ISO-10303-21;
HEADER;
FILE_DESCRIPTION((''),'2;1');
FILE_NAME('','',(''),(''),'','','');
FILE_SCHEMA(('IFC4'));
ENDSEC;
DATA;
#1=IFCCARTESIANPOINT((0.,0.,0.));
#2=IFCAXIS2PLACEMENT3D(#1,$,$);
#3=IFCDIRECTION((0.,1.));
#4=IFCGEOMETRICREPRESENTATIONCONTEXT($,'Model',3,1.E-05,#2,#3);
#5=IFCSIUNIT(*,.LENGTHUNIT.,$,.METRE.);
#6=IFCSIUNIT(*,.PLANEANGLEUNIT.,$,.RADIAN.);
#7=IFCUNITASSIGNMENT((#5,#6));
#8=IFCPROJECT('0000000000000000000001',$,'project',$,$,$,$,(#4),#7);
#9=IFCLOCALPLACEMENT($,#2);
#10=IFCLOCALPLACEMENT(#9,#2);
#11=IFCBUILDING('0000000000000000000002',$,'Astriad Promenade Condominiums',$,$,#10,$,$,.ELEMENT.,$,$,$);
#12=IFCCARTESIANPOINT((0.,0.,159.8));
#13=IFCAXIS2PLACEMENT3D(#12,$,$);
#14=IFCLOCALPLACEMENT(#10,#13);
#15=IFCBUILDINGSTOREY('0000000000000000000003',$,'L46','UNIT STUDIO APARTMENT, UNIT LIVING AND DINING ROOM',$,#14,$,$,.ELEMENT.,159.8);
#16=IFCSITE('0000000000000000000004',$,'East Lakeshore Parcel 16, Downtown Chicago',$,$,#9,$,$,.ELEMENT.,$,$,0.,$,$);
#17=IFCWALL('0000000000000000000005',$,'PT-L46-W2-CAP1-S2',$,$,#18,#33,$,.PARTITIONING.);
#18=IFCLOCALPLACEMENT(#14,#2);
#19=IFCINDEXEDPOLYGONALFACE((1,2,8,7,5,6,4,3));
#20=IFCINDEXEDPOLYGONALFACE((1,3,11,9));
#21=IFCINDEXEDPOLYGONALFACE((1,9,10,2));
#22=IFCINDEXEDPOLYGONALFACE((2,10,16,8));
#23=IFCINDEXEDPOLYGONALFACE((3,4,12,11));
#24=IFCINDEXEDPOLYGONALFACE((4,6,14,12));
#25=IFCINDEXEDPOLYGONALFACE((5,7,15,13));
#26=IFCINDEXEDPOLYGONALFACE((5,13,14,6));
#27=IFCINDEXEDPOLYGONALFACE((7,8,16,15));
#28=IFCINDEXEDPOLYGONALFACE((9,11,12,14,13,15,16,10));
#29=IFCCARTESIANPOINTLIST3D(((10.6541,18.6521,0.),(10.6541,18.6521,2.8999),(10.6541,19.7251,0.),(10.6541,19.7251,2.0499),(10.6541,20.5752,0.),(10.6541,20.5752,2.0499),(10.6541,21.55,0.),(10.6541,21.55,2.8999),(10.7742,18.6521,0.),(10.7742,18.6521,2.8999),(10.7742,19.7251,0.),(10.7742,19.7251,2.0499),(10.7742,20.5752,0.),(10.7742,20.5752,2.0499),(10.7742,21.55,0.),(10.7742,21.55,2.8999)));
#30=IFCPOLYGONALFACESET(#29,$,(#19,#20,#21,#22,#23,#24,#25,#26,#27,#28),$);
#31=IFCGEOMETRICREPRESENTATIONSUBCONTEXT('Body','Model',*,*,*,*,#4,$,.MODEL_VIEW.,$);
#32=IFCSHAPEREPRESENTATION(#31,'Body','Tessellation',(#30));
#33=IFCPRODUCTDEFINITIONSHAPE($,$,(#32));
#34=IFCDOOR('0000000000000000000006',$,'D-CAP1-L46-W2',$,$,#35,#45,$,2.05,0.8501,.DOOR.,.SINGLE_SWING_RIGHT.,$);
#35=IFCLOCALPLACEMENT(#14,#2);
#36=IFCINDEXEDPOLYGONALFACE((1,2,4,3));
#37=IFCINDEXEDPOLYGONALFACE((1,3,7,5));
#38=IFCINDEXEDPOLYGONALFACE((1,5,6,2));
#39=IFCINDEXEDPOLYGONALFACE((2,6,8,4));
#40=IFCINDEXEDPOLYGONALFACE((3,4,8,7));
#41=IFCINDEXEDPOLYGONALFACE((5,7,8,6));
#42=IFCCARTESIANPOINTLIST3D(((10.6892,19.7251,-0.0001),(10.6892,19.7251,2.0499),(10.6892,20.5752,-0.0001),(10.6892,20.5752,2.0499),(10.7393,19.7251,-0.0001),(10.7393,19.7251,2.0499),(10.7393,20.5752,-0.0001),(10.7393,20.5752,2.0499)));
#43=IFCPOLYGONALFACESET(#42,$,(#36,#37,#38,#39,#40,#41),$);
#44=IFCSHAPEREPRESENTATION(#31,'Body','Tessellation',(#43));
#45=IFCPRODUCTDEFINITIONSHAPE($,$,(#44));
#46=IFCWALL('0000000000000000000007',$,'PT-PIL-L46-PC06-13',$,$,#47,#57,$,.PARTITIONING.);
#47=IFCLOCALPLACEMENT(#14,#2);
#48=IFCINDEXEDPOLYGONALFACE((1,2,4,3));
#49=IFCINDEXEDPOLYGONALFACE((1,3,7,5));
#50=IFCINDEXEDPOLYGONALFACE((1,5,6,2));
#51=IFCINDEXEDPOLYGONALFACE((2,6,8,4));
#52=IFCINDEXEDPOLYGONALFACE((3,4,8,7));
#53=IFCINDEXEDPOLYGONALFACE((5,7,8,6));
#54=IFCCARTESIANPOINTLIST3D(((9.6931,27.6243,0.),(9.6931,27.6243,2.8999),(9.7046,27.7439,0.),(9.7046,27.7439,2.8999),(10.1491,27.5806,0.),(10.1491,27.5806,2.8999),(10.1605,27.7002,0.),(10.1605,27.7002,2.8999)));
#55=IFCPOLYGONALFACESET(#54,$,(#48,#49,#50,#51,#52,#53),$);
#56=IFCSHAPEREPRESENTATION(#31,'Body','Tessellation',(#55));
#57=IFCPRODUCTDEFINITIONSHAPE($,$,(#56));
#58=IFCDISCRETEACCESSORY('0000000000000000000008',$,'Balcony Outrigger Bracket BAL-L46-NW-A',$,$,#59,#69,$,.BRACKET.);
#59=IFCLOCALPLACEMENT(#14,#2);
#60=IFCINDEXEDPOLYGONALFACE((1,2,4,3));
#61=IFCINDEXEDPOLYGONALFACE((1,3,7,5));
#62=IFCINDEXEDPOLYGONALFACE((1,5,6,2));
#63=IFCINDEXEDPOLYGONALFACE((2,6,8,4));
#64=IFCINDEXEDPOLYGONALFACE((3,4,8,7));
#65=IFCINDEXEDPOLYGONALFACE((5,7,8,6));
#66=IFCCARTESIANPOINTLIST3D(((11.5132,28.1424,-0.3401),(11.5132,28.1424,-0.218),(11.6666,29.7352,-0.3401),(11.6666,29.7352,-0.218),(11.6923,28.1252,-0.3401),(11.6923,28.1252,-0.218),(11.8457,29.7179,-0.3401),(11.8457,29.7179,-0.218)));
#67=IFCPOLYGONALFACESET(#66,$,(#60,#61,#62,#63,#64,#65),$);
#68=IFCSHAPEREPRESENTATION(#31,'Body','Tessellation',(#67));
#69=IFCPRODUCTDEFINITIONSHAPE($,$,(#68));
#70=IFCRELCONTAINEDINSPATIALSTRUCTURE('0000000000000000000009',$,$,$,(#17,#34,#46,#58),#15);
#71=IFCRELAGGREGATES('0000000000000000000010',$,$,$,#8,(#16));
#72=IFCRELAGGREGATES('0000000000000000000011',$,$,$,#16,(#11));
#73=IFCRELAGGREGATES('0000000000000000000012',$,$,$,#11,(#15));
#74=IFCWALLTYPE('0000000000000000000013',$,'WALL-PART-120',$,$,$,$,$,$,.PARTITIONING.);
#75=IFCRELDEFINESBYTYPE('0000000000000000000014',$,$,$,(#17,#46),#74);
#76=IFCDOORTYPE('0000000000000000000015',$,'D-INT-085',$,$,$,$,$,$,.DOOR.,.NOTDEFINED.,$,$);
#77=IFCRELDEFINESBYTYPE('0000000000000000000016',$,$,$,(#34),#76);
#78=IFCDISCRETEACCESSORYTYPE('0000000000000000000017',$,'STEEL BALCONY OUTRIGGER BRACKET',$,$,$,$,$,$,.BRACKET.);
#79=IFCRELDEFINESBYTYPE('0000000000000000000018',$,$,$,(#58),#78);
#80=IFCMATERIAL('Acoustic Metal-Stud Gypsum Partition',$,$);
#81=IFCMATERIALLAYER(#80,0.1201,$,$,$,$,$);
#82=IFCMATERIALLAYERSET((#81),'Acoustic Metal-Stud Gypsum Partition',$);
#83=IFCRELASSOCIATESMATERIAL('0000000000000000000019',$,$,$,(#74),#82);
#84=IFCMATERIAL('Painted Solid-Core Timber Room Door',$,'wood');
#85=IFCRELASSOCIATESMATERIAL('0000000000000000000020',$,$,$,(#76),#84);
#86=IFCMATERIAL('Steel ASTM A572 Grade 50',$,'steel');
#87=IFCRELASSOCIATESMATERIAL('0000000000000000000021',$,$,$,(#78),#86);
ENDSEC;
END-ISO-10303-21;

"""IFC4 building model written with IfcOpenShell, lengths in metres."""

from ifc_helpers import new_model, si_unit, direction, frame, frame_2d, origin, origin_2d, place, context, subcontext, project, spatial, rectangle, extrude, source, transform, mapped, material, layer, layer_set, type_object, type_shapes, element, fill, save


model = new_model("IFC4")

# Units and contexts
model_context = context("Model", 3, precision=1e-05, world=origin(), true_north=direction((0.0, 1.0)))
body_context = subcontext(model_context, "Body", "Model", "MODEL_VIEW")
ifc_project = project(units=[si_unit("LENGTHUNIT", "METRE"), si_unit("PLANEANGLEUNIT", "RADIAN")], contexts=[model_context])

# Site, building, storey
site_placement = place(None, origin())
site = spatial("IfcSite", under=ifc_project, at=site_placement, Name="East Lakeshore Parcel 16, Downtown Chicago", CompositionType="ELEMENT", RefElevation=0.0)
building_placement = place(site_placement, origin())
building = spatial("IfcBuilding", under=site, at=building_placement, Name="Astriad Promenade Condominiums", CompositionType="ELEMENT")
storey_placement = place(building_placement, frame((0.0, 0.0, 159.8)))
storey = spatial("IfcBuildingStorey", under=building, at=storey_placement, Name="L46", Description="UNIT STUDIO APARTMENT, UNIT LIVING AND DINING ROOM", CompositionType="ELEMENT", Elevation=159.8)

# Shared definitions
ifc_material_1 = material(Name="Acoustic Metal-Stud Gypsum Partition")
ifc_layer_1 = layer(ifc_material_1, 0.1201)
ifc_layer_set_1 = layer_set([ifc_layer_1], Name="Acoustic Metal-Stud Gypsum Partition")
wall_type_1 = type_object("IfcWallType", Name="WALL-PART-120", PredefinedType="PARTITIONING", material=ifc_layer_set_1)
ifc_material_2 = material(Name="Painted Solid-Core Timber Room Door", Category="wood")
door_type_1 = type_object("IfcDoorType", Name="D-INT-085", OperationType="NOTDEFINED", PredefinedType="DOOR", material=ifc_material_2)
shared_shape_1 = source(origin(), body_context, "Body", "SweptSolid", [
    extrude(rectangle(XDim=0.8501, YDim=2.05, at=frame_2d((0.425, 1.0249))), frame((0.0, 0.0249, 0.0), z_axis=(0.0, -1.0, 0.0), x_axis=(1.0, 0.0, 0.0)), (0.0, 0.0, 1.0), 0.05),
])
type_shapes(door_type_1, [shared_shape_1])

# Wall, opening, door
wall_1_placement = place(storey_placement, frame((10.7141, 18.6521, 0.0), z_axis=(0.0, 0.0, 1.0), x_axis=(0.0, 1.0, 0.0)))
wall_1 = element("IfcWall", 1, at=wall_1_placement, inside=storey, type_object=wall_type_1, Name="PT-L46-W2-CAP1-S2", PredefinedType="PARTITIONING", context=body_context, shape_type="SweptSolid", body=[
    extrude(rectangle(XDim=2.8979, YDim=0.1201, at=frame_2d((1.449, 0.0))), origin(), (0.0, 0.0, 1.0), 2.8999),
])
opening_1_placement = place(wall_1_placement, frame((1.073, 0.0, 0.0)))
opening_1 = element("IfcOpeningElement", 2, at=opening_1_placement, cuts=wall_1, PredefinedType="OPENING", context=body_context, shape_type="SweptSolid", body=[
    extrude(rectangle(XDim=0.8501, YDim=2.05, at=frame_2d((0.425, 1.0249))), frame((0.0, 0.0701, 0.0), z_axis=(0.0, -1.0, 0.0), x_axis=(1.0, 0.0, 0.0)), (0.0, 0.0, 1.0), 0.1401),
])
door_1_placement = place(opening_1_placement, origin())
door_1 = element("IfcDoor", 3, at=door_1_placement, inside=storey, type_object=door_type_1, Name="D-CAP1-L46-W2", OperationType="SINGLE_SWING_RIGHT", OverallHeight=2.05, OverallWidth=0.8501, PredefinedType="DOOR", context=body_context, shape_type="MappedRepresentation", body=[
    mapped(shared_shape_1, transform((0.0, 0.0, 0.0), scale=1.0)),
])
fill(opening_1, door_1)

# Wall
wall_2_placement = place(storey_placement, frame((10.1548, 27.6404, 0.0), z_axis=(0.0, 0.0, 1.0), x_axis=(-0.995435, 0.095438, 0.0)))
element("IfcWall", 4, at=wall_2_placement, inside=storey, type_object=wall_type_1, Name="PT-PIL-L46-PC06-13", PredefinedType="PARTITIONING", context=body_context, shape_type="SweptSolid", body=[
    extrude(rectangle(XDim=0.458, YDim=0.1201, at=frame_2d((0.229, 0.0))), origin(), (0.0, 0.0, 1.0), 2.8999),
])

# Discrete accessory
ifc_material_3 = material(Name="Steel ASTM A572 Grade 50", Category="steel")
discrete_accessory_type = type_object("IfcDiscreteAccessoryType", Name="STEEL BALCONY OUTRIGGER BRACKET", PredefinedType="BRACKET", material=ifc_material_3)
shared_shape_2 = source(origin(), body_context, "Body", "SweptSolid", [
    extrude(rectangle(XDim=1.6001, YDim=0.1799, at=origin_2d()), origin(), (0.0, 0.0, 1.0), 0.1221),
])
type_shapes(discrete_accessory_type, [shared_shape_2])
discrete_accessory_placement = place(storey_placement, frame((11.6794, 28.9302, -0.3401), z_axis=(0.0, 0.0, 1.0), x_axis=(0.095846, 0.995396, 0.0)))
element("IfcDiscreteAccessory", 5, at=discrete_accessory_placement, inside=storey, type_object=discrete_accessory_type, Name="Balcony Outrigger Bracket BAL-L46-NW-A", PredefinedType="BRACKET", context=body_context, shape_type="MappedRepresentation", body=[
    mapped(shared_shape_2, transform((0.0, 0.0, 0.0), scale=1.0)),
])

save(model, "model.ifc")
